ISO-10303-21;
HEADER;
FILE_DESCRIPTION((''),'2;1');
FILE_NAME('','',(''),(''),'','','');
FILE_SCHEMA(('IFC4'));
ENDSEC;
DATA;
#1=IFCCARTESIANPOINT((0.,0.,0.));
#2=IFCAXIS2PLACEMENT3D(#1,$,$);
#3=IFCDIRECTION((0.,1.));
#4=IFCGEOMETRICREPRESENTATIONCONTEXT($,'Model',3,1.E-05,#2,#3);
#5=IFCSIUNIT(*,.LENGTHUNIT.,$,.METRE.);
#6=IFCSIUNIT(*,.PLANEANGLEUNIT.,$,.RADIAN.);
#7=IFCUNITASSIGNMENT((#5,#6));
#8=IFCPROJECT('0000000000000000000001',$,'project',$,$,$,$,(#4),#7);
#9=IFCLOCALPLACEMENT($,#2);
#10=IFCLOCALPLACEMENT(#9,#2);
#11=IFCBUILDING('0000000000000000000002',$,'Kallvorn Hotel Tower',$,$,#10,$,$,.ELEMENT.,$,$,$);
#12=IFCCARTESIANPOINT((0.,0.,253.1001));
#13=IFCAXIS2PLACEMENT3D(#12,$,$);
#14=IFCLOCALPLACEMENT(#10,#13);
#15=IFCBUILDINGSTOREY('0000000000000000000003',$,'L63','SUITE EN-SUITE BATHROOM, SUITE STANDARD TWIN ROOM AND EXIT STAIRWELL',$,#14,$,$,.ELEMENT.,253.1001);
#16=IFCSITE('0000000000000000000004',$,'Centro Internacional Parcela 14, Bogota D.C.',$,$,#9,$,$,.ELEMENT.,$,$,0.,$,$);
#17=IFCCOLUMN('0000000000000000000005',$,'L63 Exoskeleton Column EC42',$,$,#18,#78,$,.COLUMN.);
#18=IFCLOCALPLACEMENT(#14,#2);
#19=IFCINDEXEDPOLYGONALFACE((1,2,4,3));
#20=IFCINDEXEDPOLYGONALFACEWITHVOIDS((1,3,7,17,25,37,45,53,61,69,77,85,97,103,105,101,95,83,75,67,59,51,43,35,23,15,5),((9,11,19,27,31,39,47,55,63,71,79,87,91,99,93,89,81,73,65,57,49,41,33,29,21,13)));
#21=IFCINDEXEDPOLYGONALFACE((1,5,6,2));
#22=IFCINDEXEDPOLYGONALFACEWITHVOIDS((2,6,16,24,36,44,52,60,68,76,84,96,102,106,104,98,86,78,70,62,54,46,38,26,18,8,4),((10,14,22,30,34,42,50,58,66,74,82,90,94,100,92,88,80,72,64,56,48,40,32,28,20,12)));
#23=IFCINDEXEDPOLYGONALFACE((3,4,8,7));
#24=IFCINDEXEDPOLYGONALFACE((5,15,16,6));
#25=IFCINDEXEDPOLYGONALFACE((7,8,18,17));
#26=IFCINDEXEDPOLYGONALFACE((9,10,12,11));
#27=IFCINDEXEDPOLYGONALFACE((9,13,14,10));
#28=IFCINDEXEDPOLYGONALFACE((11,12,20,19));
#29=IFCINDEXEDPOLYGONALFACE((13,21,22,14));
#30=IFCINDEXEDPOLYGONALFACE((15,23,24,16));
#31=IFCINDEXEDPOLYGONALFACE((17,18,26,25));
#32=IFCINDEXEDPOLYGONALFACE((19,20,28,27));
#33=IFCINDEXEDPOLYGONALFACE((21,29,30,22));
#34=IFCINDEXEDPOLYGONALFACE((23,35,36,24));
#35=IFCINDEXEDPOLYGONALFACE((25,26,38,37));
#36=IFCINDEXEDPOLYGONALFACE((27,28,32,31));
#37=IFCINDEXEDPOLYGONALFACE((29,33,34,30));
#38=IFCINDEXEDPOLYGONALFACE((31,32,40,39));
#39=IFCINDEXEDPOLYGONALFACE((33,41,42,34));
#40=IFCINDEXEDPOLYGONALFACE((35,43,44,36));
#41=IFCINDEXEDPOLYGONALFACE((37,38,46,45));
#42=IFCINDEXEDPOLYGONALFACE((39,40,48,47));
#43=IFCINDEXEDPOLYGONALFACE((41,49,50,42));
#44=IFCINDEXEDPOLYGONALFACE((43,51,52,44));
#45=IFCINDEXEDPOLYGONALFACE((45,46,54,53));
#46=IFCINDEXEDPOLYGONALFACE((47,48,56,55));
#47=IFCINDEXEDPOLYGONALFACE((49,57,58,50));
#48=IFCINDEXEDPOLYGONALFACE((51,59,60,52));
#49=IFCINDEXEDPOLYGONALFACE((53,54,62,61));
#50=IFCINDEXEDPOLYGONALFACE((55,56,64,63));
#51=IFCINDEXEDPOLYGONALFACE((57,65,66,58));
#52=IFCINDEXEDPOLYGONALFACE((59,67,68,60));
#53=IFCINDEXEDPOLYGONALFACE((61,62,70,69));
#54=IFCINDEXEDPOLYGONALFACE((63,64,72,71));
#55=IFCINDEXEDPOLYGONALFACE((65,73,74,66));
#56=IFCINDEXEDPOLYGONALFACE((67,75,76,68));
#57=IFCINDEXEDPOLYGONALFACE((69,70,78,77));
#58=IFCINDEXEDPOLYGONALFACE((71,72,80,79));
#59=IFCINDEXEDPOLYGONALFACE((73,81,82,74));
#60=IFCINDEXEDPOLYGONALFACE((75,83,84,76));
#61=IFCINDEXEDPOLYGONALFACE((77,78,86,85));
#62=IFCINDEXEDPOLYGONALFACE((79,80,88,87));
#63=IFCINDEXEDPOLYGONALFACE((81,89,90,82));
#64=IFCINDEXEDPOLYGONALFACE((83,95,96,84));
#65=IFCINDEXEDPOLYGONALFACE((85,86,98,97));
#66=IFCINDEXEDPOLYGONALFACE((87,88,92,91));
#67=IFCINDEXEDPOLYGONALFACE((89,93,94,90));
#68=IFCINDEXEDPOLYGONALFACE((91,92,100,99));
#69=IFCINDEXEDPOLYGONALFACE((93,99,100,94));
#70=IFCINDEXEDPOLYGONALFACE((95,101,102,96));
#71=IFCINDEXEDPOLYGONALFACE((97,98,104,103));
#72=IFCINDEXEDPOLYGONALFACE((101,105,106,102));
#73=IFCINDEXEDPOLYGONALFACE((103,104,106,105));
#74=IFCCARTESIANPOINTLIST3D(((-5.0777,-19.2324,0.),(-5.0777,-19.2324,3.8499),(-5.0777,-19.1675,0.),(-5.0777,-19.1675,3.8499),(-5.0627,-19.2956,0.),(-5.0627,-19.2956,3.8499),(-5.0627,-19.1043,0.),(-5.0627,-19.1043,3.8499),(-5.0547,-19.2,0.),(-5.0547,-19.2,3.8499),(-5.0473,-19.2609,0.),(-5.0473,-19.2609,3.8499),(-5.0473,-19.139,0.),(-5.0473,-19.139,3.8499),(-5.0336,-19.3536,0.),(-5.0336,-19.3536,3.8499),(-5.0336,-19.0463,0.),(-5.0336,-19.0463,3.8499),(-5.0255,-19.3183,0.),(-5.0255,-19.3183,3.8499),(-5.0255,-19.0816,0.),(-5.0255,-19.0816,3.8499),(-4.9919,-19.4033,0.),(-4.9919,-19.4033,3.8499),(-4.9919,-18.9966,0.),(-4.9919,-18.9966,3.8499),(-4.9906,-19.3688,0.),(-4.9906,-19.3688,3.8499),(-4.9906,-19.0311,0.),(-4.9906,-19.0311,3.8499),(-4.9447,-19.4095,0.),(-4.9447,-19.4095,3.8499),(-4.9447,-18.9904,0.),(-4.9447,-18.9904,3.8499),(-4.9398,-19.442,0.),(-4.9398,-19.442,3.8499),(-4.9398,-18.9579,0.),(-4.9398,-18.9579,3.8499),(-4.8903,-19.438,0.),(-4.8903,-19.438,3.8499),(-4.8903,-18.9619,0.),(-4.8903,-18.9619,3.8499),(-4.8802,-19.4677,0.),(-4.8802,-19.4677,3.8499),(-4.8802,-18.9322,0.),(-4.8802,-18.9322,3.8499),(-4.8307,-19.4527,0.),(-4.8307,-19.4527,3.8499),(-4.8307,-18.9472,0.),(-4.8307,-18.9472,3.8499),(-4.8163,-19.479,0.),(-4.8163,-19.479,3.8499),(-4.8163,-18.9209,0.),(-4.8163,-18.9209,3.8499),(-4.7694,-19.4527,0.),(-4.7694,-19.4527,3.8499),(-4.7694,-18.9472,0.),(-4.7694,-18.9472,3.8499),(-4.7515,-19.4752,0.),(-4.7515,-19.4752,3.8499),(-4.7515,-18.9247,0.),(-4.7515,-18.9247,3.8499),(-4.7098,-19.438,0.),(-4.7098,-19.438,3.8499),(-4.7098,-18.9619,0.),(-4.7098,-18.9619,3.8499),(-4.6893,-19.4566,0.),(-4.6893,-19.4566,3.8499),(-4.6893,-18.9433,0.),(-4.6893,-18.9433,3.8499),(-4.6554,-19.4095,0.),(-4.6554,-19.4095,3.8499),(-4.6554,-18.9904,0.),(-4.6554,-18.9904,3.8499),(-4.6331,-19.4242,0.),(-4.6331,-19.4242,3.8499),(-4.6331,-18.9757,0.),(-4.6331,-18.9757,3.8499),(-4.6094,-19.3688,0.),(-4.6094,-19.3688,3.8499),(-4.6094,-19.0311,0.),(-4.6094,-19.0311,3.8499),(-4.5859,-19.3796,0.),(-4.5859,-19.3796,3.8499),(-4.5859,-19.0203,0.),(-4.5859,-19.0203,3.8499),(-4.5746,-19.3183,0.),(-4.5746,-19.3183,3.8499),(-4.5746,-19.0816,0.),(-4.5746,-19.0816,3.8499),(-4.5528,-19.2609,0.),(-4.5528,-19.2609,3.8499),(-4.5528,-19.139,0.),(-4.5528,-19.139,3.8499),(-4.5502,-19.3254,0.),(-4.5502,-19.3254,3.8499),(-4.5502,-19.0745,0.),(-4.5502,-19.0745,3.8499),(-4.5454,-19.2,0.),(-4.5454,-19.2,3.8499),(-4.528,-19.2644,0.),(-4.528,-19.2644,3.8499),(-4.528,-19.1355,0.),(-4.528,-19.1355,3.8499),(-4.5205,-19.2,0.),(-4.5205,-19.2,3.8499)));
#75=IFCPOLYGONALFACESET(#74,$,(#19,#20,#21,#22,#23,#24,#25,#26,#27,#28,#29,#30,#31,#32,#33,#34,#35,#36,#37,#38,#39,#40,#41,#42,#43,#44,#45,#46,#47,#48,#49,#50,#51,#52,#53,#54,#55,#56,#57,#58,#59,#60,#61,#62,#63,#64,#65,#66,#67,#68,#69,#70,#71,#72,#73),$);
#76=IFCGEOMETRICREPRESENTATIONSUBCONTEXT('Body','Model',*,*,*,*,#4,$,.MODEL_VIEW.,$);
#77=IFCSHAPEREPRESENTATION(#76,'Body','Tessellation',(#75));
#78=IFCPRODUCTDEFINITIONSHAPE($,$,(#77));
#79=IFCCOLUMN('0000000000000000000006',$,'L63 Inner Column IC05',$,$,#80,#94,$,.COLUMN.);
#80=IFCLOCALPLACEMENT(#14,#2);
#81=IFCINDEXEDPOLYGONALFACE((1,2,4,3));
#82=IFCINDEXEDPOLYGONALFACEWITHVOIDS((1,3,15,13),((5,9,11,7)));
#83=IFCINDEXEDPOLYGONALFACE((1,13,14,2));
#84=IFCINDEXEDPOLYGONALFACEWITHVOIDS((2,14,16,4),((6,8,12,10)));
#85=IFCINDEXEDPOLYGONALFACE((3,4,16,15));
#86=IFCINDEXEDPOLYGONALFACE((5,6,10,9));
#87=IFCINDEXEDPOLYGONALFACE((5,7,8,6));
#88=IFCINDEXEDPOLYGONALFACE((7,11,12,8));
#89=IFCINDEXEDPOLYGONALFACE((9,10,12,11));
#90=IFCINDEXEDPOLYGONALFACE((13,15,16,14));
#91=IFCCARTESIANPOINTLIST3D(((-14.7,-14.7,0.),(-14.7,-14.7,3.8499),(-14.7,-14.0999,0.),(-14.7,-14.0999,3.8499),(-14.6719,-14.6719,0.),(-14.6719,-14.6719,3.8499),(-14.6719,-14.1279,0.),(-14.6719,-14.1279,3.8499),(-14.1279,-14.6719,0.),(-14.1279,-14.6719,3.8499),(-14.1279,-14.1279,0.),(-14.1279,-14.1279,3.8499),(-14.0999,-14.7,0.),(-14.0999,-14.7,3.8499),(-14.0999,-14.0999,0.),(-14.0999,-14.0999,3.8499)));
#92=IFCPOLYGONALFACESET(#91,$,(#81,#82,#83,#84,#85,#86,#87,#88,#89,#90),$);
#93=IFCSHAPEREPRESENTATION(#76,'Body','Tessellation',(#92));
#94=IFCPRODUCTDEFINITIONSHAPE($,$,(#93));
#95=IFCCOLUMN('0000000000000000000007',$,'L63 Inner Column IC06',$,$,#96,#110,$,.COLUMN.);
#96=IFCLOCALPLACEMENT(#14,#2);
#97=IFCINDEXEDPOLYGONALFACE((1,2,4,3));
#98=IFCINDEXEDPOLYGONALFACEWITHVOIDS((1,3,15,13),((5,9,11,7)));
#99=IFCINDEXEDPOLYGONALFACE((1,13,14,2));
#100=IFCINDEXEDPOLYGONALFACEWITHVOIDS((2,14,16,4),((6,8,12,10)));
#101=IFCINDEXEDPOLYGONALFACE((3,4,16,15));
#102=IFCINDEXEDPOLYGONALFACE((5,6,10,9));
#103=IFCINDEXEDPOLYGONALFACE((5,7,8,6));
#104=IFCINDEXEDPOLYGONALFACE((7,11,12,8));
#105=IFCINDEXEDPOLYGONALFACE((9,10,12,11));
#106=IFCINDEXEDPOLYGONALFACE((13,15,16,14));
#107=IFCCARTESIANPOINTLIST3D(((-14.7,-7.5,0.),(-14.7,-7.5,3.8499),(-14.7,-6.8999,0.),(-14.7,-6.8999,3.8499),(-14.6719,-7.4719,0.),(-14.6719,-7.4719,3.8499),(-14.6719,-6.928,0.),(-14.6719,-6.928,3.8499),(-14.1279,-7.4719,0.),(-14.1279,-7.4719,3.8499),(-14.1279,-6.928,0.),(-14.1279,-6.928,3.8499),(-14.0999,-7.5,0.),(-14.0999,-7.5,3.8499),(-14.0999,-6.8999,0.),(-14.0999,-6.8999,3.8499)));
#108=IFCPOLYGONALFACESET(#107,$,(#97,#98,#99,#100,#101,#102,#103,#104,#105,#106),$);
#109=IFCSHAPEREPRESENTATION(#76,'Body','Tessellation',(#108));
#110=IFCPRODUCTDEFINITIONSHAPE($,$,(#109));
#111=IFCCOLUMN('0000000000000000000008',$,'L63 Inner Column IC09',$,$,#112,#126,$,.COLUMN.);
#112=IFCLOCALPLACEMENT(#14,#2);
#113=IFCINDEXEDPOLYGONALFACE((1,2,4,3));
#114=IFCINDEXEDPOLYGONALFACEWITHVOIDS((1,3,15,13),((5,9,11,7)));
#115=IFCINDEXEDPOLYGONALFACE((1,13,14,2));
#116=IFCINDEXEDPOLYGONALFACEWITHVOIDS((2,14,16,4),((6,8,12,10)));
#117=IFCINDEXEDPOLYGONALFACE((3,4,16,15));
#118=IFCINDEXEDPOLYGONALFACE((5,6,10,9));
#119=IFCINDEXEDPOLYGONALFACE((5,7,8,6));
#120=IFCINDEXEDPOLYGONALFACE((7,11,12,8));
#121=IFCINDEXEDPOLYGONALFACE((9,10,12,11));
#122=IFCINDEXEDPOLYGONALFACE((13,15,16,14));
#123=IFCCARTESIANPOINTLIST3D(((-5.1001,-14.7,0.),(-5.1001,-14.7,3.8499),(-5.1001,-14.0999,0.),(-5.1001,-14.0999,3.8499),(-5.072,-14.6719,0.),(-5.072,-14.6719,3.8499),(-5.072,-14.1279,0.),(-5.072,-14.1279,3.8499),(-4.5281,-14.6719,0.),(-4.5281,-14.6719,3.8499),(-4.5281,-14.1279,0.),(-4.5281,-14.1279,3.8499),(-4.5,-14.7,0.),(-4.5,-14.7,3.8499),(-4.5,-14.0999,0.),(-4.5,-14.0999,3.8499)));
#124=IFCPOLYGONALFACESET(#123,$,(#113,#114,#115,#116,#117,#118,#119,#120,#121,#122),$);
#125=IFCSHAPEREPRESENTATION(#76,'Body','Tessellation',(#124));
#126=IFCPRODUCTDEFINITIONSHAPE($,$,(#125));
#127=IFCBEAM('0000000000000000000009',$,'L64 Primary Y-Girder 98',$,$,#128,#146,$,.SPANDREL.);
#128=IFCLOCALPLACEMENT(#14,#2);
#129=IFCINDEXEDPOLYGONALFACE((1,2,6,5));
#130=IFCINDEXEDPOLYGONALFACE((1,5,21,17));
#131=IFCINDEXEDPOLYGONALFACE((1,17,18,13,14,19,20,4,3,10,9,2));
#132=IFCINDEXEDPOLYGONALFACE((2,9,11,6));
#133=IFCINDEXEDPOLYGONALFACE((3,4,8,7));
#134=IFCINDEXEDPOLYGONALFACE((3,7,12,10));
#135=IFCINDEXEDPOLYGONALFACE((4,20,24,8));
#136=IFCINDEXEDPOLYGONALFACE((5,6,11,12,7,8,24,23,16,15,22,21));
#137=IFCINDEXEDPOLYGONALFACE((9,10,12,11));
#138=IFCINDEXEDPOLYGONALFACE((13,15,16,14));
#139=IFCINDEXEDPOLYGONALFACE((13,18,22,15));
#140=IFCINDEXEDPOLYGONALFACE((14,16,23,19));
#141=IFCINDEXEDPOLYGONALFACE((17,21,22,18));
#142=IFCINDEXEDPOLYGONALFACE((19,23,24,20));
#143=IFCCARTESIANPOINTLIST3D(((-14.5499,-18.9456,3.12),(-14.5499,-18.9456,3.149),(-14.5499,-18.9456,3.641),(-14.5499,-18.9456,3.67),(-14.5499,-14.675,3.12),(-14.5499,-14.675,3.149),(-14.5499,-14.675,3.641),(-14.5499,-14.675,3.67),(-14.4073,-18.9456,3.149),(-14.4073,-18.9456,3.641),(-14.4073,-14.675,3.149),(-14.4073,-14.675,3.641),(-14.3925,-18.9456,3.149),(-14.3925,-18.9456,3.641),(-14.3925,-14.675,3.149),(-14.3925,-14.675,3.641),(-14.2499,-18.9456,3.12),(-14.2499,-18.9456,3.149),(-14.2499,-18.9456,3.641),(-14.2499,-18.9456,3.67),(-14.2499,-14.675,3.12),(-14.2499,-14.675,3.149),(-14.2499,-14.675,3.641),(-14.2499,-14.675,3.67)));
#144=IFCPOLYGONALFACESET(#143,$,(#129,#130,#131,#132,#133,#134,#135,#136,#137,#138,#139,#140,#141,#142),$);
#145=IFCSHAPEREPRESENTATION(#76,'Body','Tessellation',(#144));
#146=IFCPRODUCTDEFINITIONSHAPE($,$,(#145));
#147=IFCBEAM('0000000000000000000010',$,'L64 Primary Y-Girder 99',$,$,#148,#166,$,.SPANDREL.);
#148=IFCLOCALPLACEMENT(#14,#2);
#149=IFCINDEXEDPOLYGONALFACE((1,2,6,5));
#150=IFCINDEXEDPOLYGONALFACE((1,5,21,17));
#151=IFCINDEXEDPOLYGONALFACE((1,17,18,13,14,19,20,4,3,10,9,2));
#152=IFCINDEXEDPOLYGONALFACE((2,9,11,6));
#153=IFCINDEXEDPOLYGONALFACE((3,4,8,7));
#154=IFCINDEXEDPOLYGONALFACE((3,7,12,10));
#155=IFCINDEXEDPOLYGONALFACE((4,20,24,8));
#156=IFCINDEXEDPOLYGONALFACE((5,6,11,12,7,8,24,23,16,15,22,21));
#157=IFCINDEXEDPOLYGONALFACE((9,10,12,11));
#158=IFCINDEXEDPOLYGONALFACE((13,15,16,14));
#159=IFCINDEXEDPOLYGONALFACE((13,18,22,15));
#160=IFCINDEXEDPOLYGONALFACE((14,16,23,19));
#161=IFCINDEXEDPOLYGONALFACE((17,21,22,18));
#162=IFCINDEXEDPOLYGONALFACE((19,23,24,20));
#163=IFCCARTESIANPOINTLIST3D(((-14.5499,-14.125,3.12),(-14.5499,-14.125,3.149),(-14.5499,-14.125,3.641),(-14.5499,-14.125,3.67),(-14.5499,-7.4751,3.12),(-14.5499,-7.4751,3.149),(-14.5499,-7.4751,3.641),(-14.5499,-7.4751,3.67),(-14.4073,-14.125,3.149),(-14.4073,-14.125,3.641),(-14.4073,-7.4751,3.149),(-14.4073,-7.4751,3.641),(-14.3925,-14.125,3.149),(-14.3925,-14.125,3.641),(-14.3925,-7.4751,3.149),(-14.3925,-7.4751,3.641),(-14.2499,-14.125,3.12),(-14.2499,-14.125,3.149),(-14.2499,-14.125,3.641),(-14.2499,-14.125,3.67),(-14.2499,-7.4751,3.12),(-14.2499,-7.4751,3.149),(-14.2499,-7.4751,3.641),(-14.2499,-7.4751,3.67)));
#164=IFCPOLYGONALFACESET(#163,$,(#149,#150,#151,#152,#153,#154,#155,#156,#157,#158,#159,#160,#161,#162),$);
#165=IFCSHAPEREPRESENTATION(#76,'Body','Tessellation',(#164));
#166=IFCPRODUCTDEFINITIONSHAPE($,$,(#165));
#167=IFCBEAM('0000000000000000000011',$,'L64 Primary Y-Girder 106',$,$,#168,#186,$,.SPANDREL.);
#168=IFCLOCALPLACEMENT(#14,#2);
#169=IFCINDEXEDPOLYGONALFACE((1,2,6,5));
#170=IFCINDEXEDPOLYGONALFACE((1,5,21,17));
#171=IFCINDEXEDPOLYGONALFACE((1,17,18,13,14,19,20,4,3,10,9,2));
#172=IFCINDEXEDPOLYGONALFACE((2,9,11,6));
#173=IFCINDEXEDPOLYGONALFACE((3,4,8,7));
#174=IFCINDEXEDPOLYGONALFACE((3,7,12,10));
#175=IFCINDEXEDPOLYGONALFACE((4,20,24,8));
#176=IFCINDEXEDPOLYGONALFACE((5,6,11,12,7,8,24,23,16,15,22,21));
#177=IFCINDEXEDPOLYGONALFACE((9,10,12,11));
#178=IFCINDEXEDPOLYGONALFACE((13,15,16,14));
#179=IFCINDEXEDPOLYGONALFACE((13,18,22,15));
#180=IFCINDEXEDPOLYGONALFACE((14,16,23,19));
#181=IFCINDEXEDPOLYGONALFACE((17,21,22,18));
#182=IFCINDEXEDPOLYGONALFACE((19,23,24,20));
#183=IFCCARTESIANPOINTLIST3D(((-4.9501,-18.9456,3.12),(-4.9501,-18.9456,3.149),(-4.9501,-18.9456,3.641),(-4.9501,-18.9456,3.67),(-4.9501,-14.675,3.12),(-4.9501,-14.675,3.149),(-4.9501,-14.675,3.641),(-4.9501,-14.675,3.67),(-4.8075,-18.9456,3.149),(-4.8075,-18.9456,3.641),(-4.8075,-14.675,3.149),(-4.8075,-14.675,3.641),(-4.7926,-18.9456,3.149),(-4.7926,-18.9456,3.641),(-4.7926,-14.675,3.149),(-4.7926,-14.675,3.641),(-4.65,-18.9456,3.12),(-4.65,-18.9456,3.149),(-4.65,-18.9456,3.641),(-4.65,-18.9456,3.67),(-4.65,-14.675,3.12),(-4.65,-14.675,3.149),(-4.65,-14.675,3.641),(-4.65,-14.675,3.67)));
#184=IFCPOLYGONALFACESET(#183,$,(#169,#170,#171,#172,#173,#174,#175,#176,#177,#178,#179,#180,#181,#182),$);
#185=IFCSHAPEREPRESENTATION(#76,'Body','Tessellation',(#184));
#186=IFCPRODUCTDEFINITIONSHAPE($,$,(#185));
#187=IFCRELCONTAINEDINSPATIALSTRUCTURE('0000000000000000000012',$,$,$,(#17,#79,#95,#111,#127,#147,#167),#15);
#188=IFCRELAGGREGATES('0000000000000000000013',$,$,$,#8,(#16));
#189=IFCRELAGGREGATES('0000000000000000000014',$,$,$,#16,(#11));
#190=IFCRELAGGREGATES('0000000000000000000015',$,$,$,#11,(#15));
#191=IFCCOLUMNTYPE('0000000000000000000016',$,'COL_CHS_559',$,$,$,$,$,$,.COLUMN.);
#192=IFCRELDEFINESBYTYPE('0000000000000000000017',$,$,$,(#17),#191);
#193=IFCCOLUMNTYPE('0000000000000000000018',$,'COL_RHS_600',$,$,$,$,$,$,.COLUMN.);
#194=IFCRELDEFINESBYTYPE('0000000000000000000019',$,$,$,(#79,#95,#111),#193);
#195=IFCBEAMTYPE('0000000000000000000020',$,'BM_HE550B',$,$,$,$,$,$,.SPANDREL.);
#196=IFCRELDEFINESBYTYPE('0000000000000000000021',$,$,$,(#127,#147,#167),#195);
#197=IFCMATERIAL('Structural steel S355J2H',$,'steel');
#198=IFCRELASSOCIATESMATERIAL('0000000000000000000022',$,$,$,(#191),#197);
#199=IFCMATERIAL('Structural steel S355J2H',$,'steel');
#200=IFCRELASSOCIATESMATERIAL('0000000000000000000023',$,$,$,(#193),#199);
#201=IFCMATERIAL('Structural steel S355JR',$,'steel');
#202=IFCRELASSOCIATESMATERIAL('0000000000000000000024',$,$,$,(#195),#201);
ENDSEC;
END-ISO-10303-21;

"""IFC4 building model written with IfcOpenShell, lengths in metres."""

from ifc_helpers import new_model, si_unit, direction, frame, origin, origin_2d, place, context, subcontext, project, spatial, hollow_rectangle, hollow_circle, i_section, extrude, material, material_profile, profile_set, type_object, element, save


model = new_model("IFC4")

# Units and contexts
model_context = context("Model", 3, precision=1e-05, world=origin(), true_north=direction((0.0, 1.0)))
body_context = subcontext(model_context, "Body", "Model", "MODEL_VIEW")
ifc_project = project(units=[si_unit("LENGTHUNIT", "METRE"), si_unit("PLANEANGLEUNIT", "RADIAN")], contexts=[model_context])

# Site, building, storey
site_placement = place(None, origin())
site = spatial("IfcSite", under=ifc_project, at=site_placement, Name="Centro Internacional Parcela 14, Bogota D.C.", CompositionType="ELEMENT", RefElevation=0.0)
building_placement = place(site_placement, origin())
building = spatial("IfcBuilding", under=site, at=building_placement, Name="Kallvorn Hotel Tower", CompositionType="ELEMENT")
storey_placement = place(building_placement, frame((0.0, 0.0, 253.1001)))
storey = spatial("IfcBuildingStorey", under=building, at=storey_placement, Name="L63", Description="SUITE EN-SUITE BATHROOM, SUITE STANDARD TWIN ROOM AND EXIT STAIRWELL", CompositionType="ELEMENT", Elevation=253.1001)

# Columns
ifc_material_1 = material(Name="Structural steel S355J2H", Category="steel")
ifc_material_profile_1 = material_profile(ifc_material_1, hollow_circle(Radius=0.2795, WallThickness=0.0249, at=origin_2d()), Name="CHS 559x25")
ifc_profile_set_1 = profile_set([ifc_material_profile_1], Name="Structural steel S355J2H")
column_type_1 = type_object("IfcColumnType", Name="COL_CHS_559", PredefinedType="COLUMN", material=ifc_profile_set_1)
for number, where, z_axis, x_axis, name in (
    (1, (-4.8, -19.2, 0.0), (0.0, 0.0, 1.0), (1.0, 0.0, 0.0), "L63 Exoskeleton Column EC42"),
):
    element("IfcColumn", number, at=place(storey_placement, frame(where, z_axis=z_axis, x_axis=x_axis)), inside=storey, type_object=column_type_1, Name=name, PredefinedType="COLUMN", context=body_context, shape_type="SweptSolid", body=[
        extrude(hollow_circle(Radius=0.2795, WallThickness=0.0249, at=origin_2d()), origin(), (0.0, 0.0, 1.0), 3.8499),
    ])
ifc_material_2 = material(Name="Structural steel S355J2H", Category="steel")
ifc_material_profile_2 = material_profile(ifc_material_2, hollow_rectangle(XDim=0.6001, YDim=0.6001, WallThickness=0.0281, at=origin_2d()), Name="RHS 600x600x28")
ifc_profile_set_2 = profile_set([ifc_material_profile_2], Name="Structural steel S355J2H")
column_type_2 = type_object("IfcColumnType", Name="COL_RHS_600", PredefinedType="COLUMN", material=ifc_profile_set_2)
for number, where, z_axis, x_axis, name in (
    (2, (-14.3999, -14.3999, 0.0), (0.0, 0.0, 1.0), (1.0, 0.0, 0.0), "L63 Inner Column IC05"),
    (3, (-14.3999, -7.2, 0.0), (0.0, 0.0, 1.0), (1.0, 0.0, 0.0), "L63 Inner Column IC06"),
    (4, (-4.8, -14.3999, 0.0), (0.0, 0.0, 1.0), (1.0, 0.0, 0.0), "L63 Inner Column IC09"),
):
    element("IfcColumn", number, at=place(storey_placement, frame(where, z_axis=z_axis, x_axis=x_axis)), inside=storey, type_object=column_type_2, Name=name, PredefinedType="COLUMN", context=body_context, shape_type="SweptSolid", body=[
        extrude(hollow_rectangle(XDim=0.6001, YDim=0.6001, WallThickness=0.0281, at=origin_2d()), origin(), (0.0, 0.0, 1.0), 3.8499),
    ])

# Beams
ifc_material_3 = material(Name="Structural steel S355JR", Category="steel")
ifc_material_profile_3 = material_profile(ifc_material_3, i_section(OverallWidth=0.3, OverallDepth=0.55, WebThickness=0.0149, FlangeThickness=0.0291, at=origin_2d()), Name="HE 550 B")
ifc_profile_set_3 = profile_set([ifc_material_profile_3], Name="Structural steel S355JR")
beam_type_1 = type_object("IfcBeamType", Name="BM_HE550B", PredefinedType="SPANDREL", material=ifc_profile_set_3)
beam_1_placement = place(storey_placement, frame((-14.3999, -18.9456, 3.395), z_axis=(0.0, 1.0, 0.0), x_axis=(-1.0, 0.0, 0.0)))
element("IfcBeam", 5, at=beam_1_placement, inside=storey, type_object=beam_type_1, Name="L64 Primary Y-Girder 98", PredefinedType="SPANDREL", context=body_context, shape_type="SweptSolid", body=[
    extrude(i_section(OverallWidth=0.3, OverallDepth=0.55, WebThickness=0.0149, FlangeThickness=0.0291, at=origin_2d()), origin(), (0.0, 0.0, 1.0), 4.2705),
])
beam_2_placement = place(storey_placement, frame((-14.3999, -14.125, 3.395), z_axis=(0.0, 1.0, 0.0), x_axis=(-1.0, 0.0, 0.0)))
element("IfcBeam", 6, at=beam_2_placement, inside=storey, type_object=beam_type_1, Name="L64 Primary Y-Girder 99", PredefinedType="SPANDREL", context=body_context, shape_type="SweptSolid", body=[
    extrude(i_section(OverallWidth=0.3, OverallDepth=0.55, WebThickness=0.0149, FlangeThickness=0.0291, at=origin_2d()), origin(), (0.0, 0.0, 1.0), 6.6499),
])
beam_3_placement = place(storey_placement, frame((-4.8, -18.9456, 3.395), z_axis=(0.0, 1.0, 0.0), x_axis=(-1.0, 0.0, 0.0)))
element("IfcBeam", 7, at=beam_3_placement, inside=storey, type_object=beam_type_1, Name="L64 Primary Y-Girder 106", PredefinedType="SPANDREL", context=body_context, shape_type="SweptSolid", body=[
    extrude(i_section(OverallWidth=0.3, OverallDepth=0.55, WebThickness=0.0149, FlangeThickness=0.0291, at=origin_2d()), origin(), (0.0, 0.0, 1.0), 4.2705),
])

save(model, "model.ifc")
